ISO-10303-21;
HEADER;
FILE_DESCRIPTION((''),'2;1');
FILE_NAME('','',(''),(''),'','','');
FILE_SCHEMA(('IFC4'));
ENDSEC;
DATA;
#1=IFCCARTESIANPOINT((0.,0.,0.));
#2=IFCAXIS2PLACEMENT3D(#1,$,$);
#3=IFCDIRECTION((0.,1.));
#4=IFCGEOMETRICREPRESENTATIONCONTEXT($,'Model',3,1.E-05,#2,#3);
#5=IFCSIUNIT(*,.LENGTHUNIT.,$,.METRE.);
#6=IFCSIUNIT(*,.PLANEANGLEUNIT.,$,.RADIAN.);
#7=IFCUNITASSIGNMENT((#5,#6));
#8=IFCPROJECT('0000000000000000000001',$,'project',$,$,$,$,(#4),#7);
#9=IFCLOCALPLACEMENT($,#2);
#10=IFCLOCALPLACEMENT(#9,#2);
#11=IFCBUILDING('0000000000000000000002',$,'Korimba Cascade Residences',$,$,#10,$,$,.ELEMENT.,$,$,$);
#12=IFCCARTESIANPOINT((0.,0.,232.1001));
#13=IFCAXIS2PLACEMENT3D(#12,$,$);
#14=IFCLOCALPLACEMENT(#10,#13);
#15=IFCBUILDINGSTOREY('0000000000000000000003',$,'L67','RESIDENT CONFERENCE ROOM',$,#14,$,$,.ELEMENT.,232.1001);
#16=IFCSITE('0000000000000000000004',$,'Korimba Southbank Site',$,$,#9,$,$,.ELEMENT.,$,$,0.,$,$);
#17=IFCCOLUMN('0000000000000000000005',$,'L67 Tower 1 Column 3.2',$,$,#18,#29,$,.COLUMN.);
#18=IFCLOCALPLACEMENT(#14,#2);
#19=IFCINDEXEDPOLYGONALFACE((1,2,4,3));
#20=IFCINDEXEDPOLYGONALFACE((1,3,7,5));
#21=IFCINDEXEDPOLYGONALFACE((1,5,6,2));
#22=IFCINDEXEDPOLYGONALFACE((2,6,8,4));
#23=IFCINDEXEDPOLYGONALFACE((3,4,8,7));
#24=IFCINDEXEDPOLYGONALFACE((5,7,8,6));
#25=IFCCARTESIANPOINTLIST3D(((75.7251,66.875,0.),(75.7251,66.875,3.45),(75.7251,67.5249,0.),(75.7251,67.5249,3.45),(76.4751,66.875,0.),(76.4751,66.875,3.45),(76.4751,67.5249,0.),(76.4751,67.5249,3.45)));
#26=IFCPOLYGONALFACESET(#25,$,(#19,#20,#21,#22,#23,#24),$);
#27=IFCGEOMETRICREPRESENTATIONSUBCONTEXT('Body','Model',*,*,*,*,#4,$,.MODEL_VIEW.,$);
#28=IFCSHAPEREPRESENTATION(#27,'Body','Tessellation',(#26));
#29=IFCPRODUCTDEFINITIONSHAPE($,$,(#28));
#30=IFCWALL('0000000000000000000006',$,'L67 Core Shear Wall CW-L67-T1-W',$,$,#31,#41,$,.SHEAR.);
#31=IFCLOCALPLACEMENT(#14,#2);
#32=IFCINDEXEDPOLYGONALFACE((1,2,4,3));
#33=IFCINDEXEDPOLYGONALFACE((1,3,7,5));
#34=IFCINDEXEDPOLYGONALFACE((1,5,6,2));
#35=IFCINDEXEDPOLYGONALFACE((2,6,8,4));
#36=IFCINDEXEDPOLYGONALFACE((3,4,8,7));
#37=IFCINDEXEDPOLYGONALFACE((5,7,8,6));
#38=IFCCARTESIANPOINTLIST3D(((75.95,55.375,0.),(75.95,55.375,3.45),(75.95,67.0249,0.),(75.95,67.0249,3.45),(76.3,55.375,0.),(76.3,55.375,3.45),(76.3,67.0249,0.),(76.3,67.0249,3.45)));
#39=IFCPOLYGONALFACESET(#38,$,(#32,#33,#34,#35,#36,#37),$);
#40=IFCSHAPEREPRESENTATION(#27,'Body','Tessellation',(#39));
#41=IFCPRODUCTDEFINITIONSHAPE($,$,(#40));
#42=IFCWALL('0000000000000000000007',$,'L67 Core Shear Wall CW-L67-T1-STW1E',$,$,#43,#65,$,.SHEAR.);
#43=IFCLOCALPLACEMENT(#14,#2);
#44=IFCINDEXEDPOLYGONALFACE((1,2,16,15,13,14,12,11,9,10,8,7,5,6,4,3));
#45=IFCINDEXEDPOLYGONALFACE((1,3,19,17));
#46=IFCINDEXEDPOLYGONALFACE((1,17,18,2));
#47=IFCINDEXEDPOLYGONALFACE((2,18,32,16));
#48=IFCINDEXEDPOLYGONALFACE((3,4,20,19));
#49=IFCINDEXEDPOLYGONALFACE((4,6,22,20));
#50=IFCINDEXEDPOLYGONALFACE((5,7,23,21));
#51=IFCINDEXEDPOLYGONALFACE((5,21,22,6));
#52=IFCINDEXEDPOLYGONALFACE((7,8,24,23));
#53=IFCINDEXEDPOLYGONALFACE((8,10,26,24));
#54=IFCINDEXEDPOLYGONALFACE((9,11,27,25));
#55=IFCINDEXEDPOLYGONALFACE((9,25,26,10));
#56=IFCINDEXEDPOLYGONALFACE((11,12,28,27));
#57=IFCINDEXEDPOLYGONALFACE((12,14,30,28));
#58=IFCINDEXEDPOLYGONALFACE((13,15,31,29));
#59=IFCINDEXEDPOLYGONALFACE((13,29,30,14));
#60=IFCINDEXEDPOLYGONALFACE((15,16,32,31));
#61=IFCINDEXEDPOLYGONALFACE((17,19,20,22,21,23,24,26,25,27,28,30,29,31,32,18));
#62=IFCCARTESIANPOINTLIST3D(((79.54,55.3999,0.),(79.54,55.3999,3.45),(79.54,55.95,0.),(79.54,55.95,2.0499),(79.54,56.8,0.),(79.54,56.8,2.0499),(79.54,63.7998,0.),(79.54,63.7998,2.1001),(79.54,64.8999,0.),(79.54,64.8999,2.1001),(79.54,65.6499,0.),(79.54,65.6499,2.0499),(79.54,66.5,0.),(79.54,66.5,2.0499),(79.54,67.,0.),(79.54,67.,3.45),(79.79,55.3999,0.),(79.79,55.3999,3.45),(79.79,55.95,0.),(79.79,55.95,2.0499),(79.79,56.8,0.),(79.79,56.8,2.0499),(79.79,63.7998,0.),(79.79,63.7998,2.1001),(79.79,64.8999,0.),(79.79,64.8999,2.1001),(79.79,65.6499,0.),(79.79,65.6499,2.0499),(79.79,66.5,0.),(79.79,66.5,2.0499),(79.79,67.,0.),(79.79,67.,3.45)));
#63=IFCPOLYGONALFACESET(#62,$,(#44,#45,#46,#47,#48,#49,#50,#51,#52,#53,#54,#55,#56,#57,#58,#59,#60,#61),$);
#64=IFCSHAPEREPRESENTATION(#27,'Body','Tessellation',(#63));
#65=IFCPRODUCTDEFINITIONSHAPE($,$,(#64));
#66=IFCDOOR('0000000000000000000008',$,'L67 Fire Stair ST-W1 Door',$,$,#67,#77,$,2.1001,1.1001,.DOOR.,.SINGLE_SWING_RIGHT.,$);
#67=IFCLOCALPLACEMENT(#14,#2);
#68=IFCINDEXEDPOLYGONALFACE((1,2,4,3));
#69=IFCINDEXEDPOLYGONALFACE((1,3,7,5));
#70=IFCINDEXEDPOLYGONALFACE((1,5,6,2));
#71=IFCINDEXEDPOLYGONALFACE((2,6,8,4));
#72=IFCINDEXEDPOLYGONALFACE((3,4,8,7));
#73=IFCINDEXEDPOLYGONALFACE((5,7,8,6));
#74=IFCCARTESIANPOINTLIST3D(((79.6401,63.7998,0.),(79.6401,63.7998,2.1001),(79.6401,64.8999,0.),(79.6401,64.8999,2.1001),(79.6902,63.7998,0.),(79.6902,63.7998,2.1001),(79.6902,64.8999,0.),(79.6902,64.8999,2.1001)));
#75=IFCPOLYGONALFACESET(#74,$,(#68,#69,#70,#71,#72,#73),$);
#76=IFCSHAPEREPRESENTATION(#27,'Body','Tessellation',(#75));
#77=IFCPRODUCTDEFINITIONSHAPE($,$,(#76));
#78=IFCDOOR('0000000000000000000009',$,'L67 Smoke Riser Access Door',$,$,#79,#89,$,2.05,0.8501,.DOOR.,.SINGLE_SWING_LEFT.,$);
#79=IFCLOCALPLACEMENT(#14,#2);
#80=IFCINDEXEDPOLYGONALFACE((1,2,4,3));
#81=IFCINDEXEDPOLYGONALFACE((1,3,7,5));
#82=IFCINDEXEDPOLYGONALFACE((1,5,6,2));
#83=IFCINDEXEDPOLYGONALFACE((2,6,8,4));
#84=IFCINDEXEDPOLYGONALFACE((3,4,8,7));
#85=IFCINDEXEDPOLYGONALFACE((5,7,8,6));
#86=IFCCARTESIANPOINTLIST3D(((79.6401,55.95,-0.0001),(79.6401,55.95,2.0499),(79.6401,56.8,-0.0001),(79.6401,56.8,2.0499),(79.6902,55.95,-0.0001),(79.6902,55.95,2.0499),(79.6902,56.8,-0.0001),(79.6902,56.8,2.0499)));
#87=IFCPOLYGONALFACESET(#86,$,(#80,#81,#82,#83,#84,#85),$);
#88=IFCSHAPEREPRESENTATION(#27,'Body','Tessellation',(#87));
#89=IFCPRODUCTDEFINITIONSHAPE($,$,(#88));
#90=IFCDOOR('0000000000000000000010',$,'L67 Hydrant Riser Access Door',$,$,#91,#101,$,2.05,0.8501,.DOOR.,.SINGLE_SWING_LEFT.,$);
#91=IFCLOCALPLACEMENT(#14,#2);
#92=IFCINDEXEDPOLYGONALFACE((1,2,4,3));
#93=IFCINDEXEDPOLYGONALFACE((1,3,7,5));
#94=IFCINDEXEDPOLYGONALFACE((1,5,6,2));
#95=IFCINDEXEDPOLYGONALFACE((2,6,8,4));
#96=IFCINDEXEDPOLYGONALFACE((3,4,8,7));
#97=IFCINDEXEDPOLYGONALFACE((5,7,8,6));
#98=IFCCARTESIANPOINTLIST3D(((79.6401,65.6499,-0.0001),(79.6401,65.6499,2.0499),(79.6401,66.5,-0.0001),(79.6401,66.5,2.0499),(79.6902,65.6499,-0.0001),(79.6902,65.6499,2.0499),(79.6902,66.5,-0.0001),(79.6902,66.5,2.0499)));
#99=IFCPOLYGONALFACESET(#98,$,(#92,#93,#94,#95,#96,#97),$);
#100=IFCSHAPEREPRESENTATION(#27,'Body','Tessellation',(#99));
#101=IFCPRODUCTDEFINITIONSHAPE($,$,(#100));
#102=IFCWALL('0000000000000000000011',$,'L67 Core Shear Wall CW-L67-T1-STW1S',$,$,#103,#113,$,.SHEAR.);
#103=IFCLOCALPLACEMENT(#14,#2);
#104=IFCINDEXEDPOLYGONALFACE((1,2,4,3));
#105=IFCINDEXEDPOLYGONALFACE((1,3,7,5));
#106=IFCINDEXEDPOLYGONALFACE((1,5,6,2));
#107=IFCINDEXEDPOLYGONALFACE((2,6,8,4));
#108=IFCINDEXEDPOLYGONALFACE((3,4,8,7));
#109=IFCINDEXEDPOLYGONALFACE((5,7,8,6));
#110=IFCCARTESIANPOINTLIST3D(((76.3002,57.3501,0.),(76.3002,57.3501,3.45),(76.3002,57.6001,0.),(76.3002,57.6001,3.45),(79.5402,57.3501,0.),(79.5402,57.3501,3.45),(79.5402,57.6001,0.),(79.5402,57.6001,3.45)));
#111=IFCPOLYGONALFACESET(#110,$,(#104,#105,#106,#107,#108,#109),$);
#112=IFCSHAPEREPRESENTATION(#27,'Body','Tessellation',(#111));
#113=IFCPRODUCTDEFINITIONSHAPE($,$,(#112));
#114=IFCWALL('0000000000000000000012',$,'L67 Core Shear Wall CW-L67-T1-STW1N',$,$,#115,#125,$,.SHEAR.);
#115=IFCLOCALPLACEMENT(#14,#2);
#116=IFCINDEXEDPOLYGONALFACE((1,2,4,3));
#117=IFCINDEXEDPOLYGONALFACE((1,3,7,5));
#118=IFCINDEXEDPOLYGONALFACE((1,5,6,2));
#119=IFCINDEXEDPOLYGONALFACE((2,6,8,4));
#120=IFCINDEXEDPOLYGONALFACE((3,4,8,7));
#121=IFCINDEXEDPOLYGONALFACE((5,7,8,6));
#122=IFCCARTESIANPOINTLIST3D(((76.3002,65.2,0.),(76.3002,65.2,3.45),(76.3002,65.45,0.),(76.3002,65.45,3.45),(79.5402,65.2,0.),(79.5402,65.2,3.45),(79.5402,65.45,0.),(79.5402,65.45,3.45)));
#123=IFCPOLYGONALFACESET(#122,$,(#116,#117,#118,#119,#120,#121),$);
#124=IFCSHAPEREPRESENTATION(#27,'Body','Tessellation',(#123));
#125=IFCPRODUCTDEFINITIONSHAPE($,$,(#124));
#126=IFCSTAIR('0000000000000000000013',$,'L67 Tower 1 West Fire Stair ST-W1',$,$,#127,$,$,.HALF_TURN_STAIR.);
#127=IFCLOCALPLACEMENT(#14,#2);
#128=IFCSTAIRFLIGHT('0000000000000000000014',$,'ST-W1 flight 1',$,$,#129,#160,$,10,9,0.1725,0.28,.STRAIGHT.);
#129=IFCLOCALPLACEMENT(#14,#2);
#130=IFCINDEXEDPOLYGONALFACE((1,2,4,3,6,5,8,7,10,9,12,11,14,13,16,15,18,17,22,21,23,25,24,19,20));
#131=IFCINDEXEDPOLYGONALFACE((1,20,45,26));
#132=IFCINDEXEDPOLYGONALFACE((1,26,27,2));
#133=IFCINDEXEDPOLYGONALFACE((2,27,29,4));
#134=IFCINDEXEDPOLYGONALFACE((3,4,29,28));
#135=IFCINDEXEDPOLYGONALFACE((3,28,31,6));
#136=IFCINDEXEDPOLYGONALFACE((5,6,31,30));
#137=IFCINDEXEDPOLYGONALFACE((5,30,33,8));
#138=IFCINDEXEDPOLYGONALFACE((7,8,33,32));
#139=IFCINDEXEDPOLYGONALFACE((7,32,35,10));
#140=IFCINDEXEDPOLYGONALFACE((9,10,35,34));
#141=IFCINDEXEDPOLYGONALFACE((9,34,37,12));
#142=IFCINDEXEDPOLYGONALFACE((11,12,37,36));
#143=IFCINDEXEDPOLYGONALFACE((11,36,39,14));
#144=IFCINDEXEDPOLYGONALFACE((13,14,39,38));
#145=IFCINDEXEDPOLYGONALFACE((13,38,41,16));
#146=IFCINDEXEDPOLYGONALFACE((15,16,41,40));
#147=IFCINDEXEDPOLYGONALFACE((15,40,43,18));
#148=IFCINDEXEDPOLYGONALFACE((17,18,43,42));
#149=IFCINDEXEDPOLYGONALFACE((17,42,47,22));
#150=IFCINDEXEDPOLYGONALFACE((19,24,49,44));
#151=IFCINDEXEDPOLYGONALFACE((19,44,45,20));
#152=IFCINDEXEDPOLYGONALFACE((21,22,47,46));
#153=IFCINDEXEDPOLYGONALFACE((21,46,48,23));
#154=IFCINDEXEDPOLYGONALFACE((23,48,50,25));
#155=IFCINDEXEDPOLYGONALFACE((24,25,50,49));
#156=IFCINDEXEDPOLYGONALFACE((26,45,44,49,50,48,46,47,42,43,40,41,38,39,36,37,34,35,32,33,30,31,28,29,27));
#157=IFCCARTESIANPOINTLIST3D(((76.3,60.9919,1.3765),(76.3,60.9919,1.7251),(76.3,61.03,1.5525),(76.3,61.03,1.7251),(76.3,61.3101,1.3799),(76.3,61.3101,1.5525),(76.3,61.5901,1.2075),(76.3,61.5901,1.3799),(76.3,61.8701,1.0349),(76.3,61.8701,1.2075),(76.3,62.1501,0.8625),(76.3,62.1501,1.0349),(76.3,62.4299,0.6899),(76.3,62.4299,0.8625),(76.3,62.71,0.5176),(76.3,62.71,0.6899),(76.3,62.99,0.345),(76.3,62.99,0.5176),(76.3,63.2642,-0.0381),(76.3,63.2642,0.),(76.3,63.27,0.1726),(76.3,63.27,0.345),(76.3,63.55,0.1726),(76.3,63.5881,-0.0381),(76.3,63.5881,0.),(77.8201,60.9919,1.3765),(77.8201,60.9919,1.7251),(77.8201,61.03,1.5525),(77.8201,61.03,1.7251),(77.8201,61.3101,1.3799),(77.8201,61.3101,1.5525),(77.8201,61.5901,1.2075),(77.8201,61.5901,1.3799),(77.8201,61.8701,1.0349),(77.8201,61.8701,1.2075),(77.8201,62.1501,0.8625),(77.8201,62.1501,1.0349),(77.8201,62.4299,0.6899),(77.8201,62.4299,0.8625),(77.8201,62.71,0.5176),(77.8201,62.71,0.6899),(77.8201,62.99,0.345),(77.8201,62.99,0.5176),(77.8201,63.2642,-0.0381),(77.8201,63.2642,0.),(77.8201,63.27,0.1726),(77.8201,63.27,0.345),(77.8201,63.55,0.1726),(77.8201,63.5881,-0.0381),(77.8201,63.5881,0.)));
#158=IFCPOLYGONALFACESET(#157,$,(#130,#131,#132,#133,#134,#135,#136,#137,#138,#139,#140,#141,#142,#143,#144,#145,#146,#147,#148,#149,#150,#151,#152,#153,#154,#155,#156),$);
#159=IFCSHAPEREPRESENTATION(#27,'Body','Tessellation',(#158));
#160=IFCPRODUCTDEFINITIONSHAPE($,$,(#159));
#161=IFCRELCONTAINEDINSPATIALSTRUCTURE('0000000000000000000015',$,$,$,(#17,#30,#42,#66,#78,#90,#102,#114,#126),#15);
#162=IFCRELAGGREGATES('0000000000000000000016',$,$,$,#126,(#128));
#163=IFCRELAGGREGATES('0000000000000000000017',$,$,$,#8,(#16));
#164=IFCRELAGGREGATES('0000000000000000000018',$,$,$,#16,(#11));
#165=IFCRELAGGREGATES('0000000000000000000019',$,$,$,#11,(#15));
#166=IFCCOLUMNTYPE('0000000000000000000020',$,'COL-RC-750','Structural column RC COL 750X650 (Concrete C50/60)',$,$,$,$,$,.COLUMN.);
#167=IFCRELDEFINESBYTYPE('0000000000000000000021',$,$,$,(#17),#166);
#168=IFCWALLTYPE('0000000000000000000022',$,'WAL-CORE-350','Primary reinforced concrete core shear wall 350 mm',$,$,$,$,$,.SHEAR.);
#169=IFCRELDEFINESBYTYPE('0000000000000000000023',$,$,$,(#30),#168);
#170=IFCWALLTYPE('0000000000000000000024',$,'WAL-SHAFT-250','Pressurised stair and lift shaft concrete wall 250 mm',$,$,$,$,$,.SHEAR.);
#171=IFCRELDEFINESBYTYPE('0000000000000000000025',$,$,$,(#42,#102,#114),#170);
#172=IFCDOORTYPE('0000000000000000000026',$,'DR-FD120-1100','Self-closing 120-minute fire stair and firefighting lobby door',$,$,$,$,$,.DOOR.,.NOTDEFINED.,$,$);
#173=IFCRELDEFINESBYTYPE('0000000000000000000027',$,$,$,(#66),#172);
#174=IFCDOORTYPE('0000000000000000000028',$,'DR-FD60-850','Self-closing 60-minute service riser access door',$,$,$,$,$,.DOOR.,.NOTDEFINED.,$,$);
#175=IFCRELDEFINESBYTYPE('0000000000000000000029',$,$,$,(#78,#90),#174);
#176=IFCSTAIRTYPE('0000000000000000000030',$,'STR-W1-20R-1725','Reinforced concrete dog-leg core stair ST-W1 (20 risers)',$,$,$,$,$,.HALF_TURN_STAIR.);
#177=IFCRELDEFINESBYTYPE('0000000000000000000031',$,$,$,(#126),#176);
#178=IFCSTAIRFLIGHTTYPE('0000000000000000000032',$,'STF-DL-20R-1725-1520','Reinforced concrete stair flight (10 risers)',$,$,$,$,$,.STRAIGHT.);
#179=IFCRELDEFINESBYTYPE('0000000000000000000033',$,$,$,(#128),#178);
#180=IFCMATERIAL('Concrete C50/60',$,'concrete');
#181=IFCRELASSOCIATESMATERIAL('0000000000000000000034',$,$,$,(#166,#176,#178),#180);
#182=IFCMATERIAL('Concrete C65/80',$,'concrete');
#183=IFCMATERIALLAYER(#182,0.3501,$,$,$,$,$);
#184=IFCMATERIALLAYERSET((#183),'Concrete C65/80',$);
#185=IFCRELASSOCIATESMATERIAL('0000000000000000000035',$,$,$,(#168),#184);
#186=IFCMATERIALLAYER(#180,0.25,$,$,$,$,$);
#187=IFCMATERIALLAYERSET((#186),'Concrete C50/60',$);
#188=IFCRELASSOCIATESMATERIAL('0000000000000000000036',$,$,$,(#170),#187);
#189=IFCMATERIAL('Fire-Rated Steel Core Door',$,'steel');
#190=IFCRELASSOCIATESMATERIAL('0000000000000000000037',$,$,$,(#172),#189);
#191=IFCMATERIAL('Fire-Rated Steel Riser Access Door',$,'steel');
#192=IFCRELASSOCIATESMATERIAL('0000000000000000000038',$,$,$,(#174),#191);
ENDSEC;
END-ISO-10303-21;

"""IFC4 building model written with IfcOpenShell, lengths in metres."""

from ifc_helpers import new_model, si_unit, direction, frame, frame_2d, origin, origin_2d, place, context, subcontext, project, spatial, polyline, rectangle, outline, extrude, material, layer, layer_set, material_profile, profile_set, type_object, element, fill, aggregate, save


model = new_model("IFC4")

# Units and contexts
model_context = context("Model", 3, precision=1e-05, world=origin(), true_north=direction((0.0, 1.0)))
body_context = subcontext(model_context, "Body", "Model", "MODEL_VIEW")
ifc_project = project(units=[si_unit("LENGTHUNIT", "METRE"), si_unit("PLANEANGLEUNIT", "RADIAN")], contexts=[model_context])

# Site, building, storey
site_placement = place(None, origin())
site = spatial("IfcSite", under=ifc_project, at=site_placement, Name="Korimba Southbank Site", CompositionType="ELEMENT", RefElevation=0.0)
building_placement = place(site_placement, origin())
building = spatial("IfcBuilding", under=site, at=building_placement, Name="Korimba Cascade Residences", CompositionType="ELEMENT")
storey_placement = place(building_placement, frame((0.0, 0.0, 232.1001)))
storey = spatial("IfcBuildingStorey", under=building, at=storey_placement, Name="L67", Description="RESIDENT CONFERENCE ROOM", CompositionType="ELEMENT", Elevation=232.1001)

# Column
ifc_material_1 = material(Name="Concrete C50/60", Category="concrete")
ifc_material_profile = material_profile(ifc_material_1, rectangle(XDim=0.75, YDim=0.6499, at=origin_2d()), Name="Concrete C50/60")
ifc_profile_set = profile_set([ifc_material_profile], Name="Concrete C50/60")
column_type = type_object("IfcColumnType", Name="COL-RC-750", Description="Structural column RC COL 750X650 (Concrete C50/60)", PredefinedType="COLUMN", material=ifc_profile_set)
column_placement = place(storey_placement, frame((76.1001, 67.2, 0.0), z_axis=(0.0, 0.0, 1.0), x_axis=(1.0, 0.0, 0.0)))
element("IfcColumn", 1, at=column_placement, inside=storey, type_object=column_type, Name="L67 Tower 1 Column 3.2", PredefinedType="COLUMN", context=body_context, shape_type="SweptSolid", body=[
    extrude(rectangle(XDim=0.75, YDim=0.6499, at=origin_2d()), origin(), (0.0, 0.0, 1.0), 3.45),
])

# Wall
ifc_material_2 = material(Name="Concrete C65/80", Category="concrete")
ifc_layer_1 = layer(ifc_material_2, 0.3501)
ifc_layer_set_1 = layer_set([ifc_layer_1], Name="Concrete C65/80")
wall_type_1 = type_object("IfcWallType", Name="WAL-CORE-350", Description="Primary reinforced concrete core shear wall 350 mm", PredefinedType="SHEAR", material=ifc_layer_set_1)
wall_1_placement = place(storey_placement, frame((76.125, 55.375, 0.0), z_axis=(0.0, 0.0, 1.0), x_axis=(0.0, 1.0, 0.0)))
element("IfcWall", 2, at=wall_1_placement, inside=storey, type_object=wall_type_1, Name="L67 Core Shear Wall CW-L67-T1-W", PredefinedType="SHEAR", context=body_context, shape_type="SweptSolid", body=[
    extrude(rectangle(XDim=11.6499, YDim=0.3501, at=frame_2d((5.825, 0.0))), origin(), (0.0, 0.0, 1.0), 3.45),
])

# Wall, openings, doors
ifc_layer_2 = layer(ifc_material_1, 0.25)
ifc_layer_set_2 = layer_set([ifc_layer_2], Name="Concrete C50/60")
wall_type_2 = type_object("IfcWallType", Name="WAL-SHAFT-250", Description="Pressurised stair and lift shaft concrete wall 250 mm", PredefinedType="SHEAR", material=ifc_layer_set_2)
wall_2_placement = place(storey_placement, frame((79.665, 55.3999, 0.0), z_axis=(0.0, 0.0, 1.0), x_axis=(0.0, 1.0, 0.0)))
wall_2 = element("IfcWall", 3, at=wall_2_placement, inside=storey, type_object=wall_type_2, Name="L67 Core Shear Wall CW-L67-T1-STW1E", PredefinedType="SHEAR", context=body_context, shape_type="SweptSolid", body=[
    extrude(rectangle(XDim=11.6001, YDim=0.25, at=frame_2d((5.8, 0.0))), origin(), (0.0, 0.0, 1.0), 3.45),
])
opening_1_placement = place(wall_2_placement, frame((0.55, 0.0, 0.0)))
opening_1 = element("IfcOpeningElement", 4, at=opening_1_placement, cuts=wall_2, PredefinedType="OPENING", context=body_context, shape_type="SweptSolid", body=[
    extrude(rectangle(XDim=0.8501, YDim=2.05, at=frame_2d((0.425, 1.0249))), frame((0.0, 0.135, 0.0), z_axis=(0.0, -1.0, 0.0), x_axis=(1.0, 0.0, 0.0)), (0.0, 0.0, 1.0), 0.27),
])
opening_2_placement = place(wall_2_placement, frame((8.3999, 0.0, 0.0)))
opening_2 = element("IfcOpeningElement", 5, at=opening_2_placement, cuts=wall_2, PredefinedType="OPENING", context=body_context, shape_type="SweptSolid", body=[
    extrude(rectangle(XDim=1.1001, YDim=2.1001, at=frame_2d((0.55, 1.05))), frame((0.0, 0.135, 0.0), z_axis=(0.0, -1.0, 0.0), x_axis=(1.0, 0.0, 0.0)), (0.0, 0.0, 1.0), 0.27),
])
opening_3_placement = place(wall_2_placement, frame((10.25, 0.0, 0.0)))
opening_3 = element("IfcOpeningElement", 6, at=opening_3_placement, cuts=wall_2, PredefinedType="OPENING", context=body_context, shape_type="SweptSolid", body=[
    extrude(rectangle(XDim=0.8501, YDim=2.05, at=frame_2d((0.425, 1.0249))), frame((0.0, 0.135, 0.0), z_axis=(0.0, -1.0, 0.0), x_axis=(1.0, 0.0, 0.0)), (0.0, 0.0, 1.0), 0.27),
])
ifc_material_3 = material(Name="Fire-Rated Steel Core Door", Category="steel")
door_type_1 = type_object("IfcDoorType", Name="DR-FD120-1100", Description="Self-closing 120-minute fire stair and firefighting lobby door", OperationType="NOTDEFINED", PredefinedType="DOOR", material=ifc_material_3)
door_1_placement = place(opening_2_placement, origin())
door_1 = element("IfcDoor", 7, at=door_1_placement, inside=storey, type_object=door_type_1, Name="L67 Fire Stair ST-W1 Door", OperationType="SINGLE_SWING_RIGHT", OverallHeight=2.1001, OverallWidth=1.1001, PredefinedType="DOOR", context=body_context, shape_type="SweptSolid", body=[
    extrude(rectangle(XDim=1.1001, YDim=2.1001, at=frame_2d((0.55, 1.05))), frame((0.0, 0.0249, 0.0), z_axis=(0.0, -1.0, 0.0), x_axis=(1.0, 0.0, 0.0)), (0.0, 0.0, 1.0), 0.05),
])
fill(opening_2, door_1)
ifc_material_4 = material(Name="Fire-Rated Steel Riser Access Door", Category="steel")
door_type_2 = type_object("IfcDoorType", Name="DR-FD60-850", Description="Self-closing 60-minute service riser access door", OperationType="NOTDEFINED", PredefinedType="DOOR", material=ifc_material_4)
door_2_placement = place(opening_1_placement, origin())
door_2 = element("IfcDoor", 8, at=door_2_placement, inside=storey, type_object=door_type_2, Name="L67 Smoke Riser Access Door", OperationType="SINGLE_SWING_LEFT", OverallHeight=2.05, OverallWidth=0.8501, PredefinedType="DOOR", context=body_context, shape_type="SweptSolid", body=[
    extrude(rectangle(XDim=0.8501, YDim=2.05, at=frame_2d((0.425, 1.0249))), frame((0.0, 0.0249, 0.0), z_axis=(0.0, -1.0, 0.0), x_axis=(1.0, 0.0, 0.0)), (0.0, 0.0, 1.0), 0.05),
])
fill(opening_1, door_2)
door_3_placement = place(opening_3_placement, origin())
door_3 = element("IfcDoor", 9, at=door_3_placement, inside=storey, type_object=door_type_2, Name="L67 Hydrant Riser Access Door", OperationType="SINGLE_SWING_LEFT", OverallHeight=2.05, OverallWidth=0.8501, PredefinedType="DOOR", context=body_context, shape_type="SweptSolid", body=[
    extrude(rectangle(XDim=0.8501, YDim=2.05, at=frame_2d((0.425, 1.0249))), frame((0.0, 0.0249, 0.0), z_axis=(0.0, -1.0, 0.0), x_axis=(1.0, 0.0, 0.0)), (0.0, 0.0, 1.0), 0.05),
])
fill(opening_3, door_3)

# Walls
for number, where, z_axis, x_axis, name in (
    (10, (76.3, 57.4751, 0.0), (0.0, 0.0, 1.0), (1.0, 0.0, 0.0), "L67 Core Shear Wall CW-L67-T1-STW1S"),
    (11, (76.3, 65.325, 0.0), (0.0, 0.0, 1.0), (1.0, 0.0, 0.0), "L67 Core Shear Wall CW-L67-T1-STW1N"),
):
    element("IfcWall", number, at=place(storey_placement, frame(where, z_axis=z_axis, x_axis=x_axis)), inside=storey, type_object=wall_type_2, Name=name, PredefinedType="SHEAR", context=body_context, shape_type="SweptSolid", body=[
        extrude(rectangle(XDim=3.24, YDim=0.25, at=frame_2d((1.6201, 0.0))), origin(), (0.0, 0.0, 1.0), 3.45),
    ])

# Stair, stair flight
stair_type = type_object("IfcStairType", Name="STR-W1-20R-1725", Description="Reinforced concrete dog-leg core stair ST-W1 (20 risers)", PredefinedType="HALF_TURN_STAIR", material=ifc_material_1)
stair_placement = place(storey_placement, origin())
stair = element("IfcStair", 12, at=stair_placement, inside=storey, type_object=stair_type, Name="L67 Tower 1 West Fire Stair ST-W1", PredefinedType="HALF_TURN_STAIR")
stair_flight_type = type_object("IfcStairFlightType", Name="STF-DL-20R-1725-1520", Description="Reinforced concrete stair flight (10 risers)", PredefinedType="STRAIGHT", material=ifc_material_1)
stair_flight_1_placement = place(storey_placement, frame((77.0601, 63.55, 0.0), z_axis=(0.0, 0.0, 1.0), x_axis=(0.0, -1.0, 0.0)))
stair_flight_1 = element("IfcStairFlight", 13, at=stair_flight_1_placement, type_object=stair_flight_type, Name="ST-W1 flight 1", NumberOfRisers=10, NumberOfTreads=9, PredefinedType="STRAIGHT", RiserHeight=0.1725, TreadLength=0.28, context=body_context, shape_type="SweptSolid", body=[
    extrude(outline(polyline([(-0.0381, 0.0), (0.0, 0.1726), (0.28, 0.1726), (0.28, 0.345), (0.5601, 0.345), (0.5601, 0.5176), (0.8401, 0.5176), (0.8401, 0.6899), (1.1201, 0.6899), (1.1201, 0.8625), (1.3999, 0.8625), (1.3999, 1.0349), (1.6799, 1.0349), (1.6799, 1.2075), (1.96, 1.2075), (1.96, 1.3799), (2.24, 1.3799), (2.24, 1.5525), (2.52, 1.5525), (2.52, 1.7251), (2.5581, 1.7251), (2.5581, 1.3765), (0.2859, 0.0), (0.2859, -0.0381), (-0.0381, -0.0381), (-0.0381, 0.0)])), frame((0.0, 0.76, 0.0), z_axis=(0.0, -1.0, 0.0), x_axis=(1.0, 0.0, 0.0)), (0.0, 0.0, 1.0), 1.52),
])
aggregate(stair, [stair_flight_1])

save(model, "model.ifc")
